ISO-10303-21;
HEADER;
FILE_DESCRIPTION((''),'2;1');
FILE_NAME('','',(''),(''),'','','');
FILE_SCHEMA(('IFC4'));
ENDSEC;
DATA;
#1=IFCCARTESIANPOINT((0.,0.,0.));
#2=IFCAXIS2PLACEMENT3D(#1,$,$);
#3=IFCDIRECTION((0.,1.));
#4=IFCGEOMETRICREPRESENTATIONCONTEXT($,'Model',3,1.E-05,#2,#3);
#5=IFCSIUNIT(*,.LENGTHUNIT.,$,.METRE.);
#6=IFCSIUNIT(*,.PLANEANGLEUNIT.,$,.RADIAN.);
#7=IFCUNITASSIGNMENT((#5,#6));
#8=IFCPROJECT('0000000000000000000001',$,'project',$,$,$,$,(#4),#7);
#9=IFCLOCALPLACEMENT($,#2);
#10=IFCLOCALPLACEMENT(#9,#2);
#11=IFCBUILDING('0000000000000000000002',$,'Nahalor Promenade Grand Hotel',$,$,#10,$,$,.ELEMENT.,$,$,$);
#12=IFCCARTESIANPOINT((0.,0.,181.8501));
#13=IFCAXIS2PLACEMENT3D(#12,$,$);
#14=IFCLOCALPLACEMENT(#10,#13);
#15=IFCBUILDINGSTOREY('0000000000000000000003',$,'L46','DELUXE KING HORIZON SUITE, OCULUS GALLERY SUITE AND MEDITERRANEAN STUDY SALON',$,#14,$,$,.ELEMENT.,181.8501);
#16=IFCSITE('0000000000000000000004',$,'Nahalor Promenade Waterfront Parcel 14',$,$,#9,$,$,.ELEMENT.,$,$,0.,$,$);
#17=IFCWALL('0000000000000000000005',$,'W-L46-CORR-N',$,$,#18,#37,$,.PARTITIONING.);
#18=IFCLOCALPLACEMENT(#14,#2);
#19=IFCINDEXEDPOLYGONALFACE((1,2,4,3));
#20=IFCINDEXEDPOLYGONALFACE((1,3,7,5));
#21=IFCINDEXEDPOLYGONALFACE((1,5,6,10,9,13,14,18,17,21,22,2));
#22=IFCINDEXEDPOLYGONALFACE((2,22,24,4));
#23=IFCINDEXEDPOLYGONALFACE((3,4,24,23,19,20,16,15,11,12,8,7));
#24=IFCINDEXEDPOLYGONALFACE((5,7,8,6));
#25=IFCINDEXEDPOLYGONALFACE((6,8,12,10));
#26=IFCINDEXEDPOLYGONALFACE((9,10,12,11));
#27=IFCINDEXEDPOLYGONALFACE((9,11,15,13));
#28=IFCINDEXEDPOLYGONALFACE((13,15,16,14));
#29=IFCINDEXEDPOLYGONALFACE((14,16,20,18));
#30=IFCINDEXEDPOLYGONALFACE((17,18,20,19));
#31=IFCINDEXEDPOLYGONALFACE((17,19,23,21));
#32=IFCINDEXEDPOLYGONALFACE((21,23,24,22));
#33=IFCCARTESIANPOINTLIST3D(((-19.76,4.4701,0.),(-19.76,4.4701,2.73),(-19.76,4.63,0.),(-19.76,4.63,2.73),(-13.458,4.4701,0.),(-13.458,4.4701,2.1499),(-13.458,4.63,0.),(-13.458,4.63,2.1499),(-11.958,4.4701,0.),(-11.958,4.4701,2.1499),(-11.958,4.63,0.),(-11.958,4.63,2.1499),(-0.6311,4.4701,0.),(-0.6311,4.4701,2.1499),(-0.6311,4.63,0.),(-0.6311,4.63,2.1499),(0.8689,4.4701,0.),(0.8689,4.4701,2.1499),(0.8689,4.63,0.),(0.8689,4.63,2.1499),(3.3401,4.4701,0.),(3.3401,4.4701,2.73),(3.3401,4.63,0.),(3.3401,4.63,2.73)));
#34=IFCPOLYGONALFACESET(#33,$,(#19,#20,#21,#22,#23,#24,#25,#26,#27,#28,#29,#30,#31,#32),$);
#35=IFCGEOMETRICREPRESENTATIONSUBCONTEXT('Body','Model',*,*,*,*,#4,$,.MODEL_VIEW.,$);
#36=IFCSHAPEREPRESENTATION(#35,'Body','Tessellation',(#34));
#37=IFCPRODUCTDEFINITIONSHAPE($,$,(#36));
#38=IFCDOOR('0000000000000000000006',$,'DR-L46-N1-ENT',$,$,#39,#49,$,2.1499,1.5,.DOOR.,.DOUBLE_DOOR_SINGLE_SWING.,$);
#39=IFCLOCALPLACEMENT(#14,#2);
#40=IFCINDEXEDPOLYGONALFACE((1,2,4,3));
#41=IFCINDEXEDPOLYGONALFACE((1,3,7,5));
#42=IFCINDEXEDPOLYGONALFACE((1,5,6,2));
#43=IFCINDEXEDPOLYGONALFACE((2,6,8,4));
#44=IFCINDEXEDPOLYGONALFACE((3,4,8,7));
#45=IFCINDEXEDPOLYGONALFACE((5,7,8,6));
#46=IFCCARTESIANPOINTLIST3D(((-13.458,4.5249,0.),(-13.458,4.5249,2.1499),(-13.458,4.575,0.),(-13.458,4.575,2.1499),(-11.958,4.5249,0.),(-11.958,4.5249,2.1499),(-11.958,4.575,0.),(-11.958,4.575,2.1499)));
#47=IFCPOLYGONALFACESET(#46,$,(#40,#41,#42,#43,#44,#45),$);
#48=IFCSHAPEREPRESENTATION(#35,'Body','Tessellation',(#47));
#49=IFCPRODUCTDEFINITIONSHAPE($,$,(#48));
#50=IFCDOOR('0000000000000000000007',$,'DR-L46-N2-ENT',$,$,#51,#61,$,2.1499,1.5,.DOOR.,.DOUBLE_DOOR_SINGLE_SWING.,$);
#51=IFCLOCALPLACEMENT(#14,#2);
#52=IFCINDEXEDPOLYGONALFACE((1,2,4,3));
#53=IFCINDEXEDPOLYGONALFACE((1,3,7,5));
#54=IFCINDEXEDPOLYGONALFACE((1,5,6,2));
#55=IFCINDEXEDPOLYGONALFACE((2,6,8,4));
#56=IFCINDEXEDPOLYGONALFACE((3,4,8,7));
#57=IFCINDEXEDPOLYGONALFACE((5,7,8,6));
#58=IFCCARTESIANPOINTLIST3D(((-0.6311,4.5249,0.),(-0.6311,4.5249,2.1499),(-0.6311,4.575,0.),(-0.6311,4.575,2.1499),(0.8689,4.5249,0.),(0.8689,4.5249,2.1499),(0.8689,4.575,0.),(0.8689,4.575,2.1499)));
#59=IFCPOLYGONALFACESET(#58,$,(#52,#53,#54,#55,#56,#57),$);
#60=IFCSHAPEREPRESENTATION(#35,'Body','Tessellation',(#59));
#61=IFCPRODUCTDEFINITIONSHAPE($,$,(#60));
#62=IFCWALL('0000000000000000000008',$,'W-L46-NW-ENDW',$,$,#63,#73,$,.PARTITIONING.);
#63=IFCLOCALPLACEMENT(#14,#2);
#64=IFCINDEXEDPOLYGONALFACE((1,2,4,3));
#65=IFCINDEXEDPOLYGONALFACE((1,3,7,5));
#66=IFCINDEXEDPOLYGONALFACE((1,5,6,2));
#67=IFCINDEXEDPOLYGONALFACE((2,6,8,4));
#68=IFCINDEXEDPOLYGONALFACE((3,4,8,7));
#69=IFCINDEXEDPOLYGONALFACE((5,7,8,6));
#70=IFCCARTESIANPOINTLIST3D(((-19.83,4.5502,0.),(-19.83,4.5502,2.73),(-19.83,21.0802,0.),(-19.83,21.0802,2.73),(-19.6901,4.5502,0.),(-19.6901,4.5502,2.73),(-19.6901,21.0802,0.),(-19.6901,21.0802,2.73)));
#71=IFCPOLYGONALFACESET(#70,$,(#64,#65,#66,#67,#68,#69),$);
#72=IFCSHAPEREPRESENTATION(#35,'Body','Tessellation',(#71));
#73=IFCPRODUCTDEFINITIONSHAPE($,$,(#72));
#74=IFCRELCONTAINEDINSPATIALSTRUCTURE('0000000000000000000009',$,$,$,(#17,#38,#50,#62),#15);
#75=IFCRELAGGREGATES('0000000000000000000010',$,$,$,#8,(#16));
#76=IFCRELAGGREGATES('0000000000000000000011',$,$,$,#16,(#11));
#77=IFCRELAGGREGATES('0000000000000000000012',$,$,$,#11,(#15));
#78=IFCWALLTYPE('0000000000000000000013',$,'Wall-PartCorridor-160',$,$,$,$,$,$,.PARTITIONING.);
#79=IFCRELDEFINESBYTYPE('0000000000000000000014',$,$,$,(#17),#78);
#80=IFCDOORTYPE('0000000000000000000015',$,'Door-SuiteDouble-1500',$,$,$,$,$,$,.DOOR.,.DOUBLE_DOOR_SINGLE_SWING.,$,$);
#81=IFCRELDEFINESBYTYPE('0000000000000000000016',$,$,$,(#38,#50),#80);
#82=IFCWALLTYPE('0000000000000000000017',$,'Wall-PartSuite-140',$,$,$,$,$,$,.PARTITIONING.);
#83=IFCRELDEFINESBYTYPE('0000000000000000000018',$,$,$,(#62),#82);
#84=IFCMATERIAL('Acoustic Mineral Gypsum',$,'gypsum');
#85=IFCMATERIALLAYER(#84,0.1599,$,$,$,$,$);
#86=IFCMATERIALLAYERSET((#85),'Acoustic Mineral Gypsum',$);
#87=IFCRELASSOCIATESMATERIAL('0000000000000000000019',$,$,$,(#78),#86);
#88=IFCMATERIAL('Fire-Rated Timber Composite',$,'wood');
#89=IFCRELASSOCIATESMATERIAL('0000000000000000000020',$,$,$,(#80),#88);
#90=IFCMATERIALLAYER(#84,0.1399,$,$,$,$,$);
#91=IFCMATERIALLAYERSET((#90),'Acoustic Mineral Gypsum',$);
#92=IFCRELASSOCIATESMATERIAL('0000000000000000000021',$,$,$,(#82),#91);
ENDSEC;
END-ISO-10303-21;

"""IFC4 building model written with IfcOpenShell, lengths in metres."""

from ifc_helpers import new_model, si_unit, direction, frame, frame_2d, origin, place, context, subcontext, project, spatial, rectangle, extrude, source, transform, mapped, material, layer, layer_set, type_object, element, fill, save


model = new_model("IFC4")

# Units and contexts
model_context = context("Model", 3, precision=1e-05, world=origin(), true_north=direction((0.0, 1.0)))
body_context = subcontext(model_context, "Body", "Model", "MODEL_VIEW")
ifc_project = project(units=[si_unit("LENGTHUNIT", "METRE"), si_unit("PLANEANGLEUNIT", "RADIAN")], contexts=[model_context])

# Site, building, storey
site_placement = place(None, origin())
site = spatial("IfcSite", under=ifc_project, at=site_placement, Name="Nahalor Promenade Waterfront Parcel 14", CompositionType="ELEMENT", RefElevation=0.0)
building_placement = place(site_placement, origin())
building = spatial("IfcBuilding", under=site, at=building_placement, Name="Nahalor Promenade Grand Hotel", CompositionType="ELEMENT")
storey_placement = place(building_placement, frame((0.0, 0.0, 181.8501)))
storey = spatial("IfcBuildingStorey", under=building, at=storey_placement, Name="L46", Description="DELUXE KING HORIZON SUITE, OCULUS GALLERY SUITE AND MEDITERRANEAN STUDY SALON", CompositionType="ELEMENT", Elevation=181.8501)

# Wall, openings, doors
ifc_material_1 = material(Name="Acoustic Mineral Gypsum", Category="gypsum")
ifc_layer_1 = layer(ifc_material_1, 0.1599)
ifc_layer_set_1 = layer_set([ifc_layer_1], Name="Acoustic Mineral Gypsum")
wall_type_1 = type_object("IfcWallType", Name="Wall-PartCorridor-160", PredefinedType="PARTITIONING", material=ifc_layer_set_1)
shared_shape_1 = source(origin(), body_context, "Body", "SweptSolid", [
    extrude(rectangle(XDim=23.1001, YDim=0.1599, at=frame_2d((11.55, 0.0))), origin(), (0.0, 0.0, 1.0), 2.73),
])
wall_1_placement = place(storey_placement, frame((-19.76, 4.55, 0.0), z_axis=(0.0, 0.0, 1.0), x_axis=(1.0, 0.0, 0.0)))
wall_1 = element("IfcWall", 1, at=wall_1_placement, inside=storey, type_object=wall_type_1, Name="W-L46-CORR-N", PredefinedType="PARTITIONING", context=body_context, shape_type="MappedRepresentation", body=[
    mapped(shared_shape_1, transform((0.0, 0.0, 0.0), scale=1.0)),
])
opening_1_placement = place(wall_1_placement, frame((6.302, 0.0, 0.0)))
opening_1 = element("IfcOpeningElement", 2, at=opening_1_placement, cuts=wall_1, PredefinedType="OPENING", context=body_context, shape_type="SweptSolid", body=[
    extrude(rectangle(XDim=1.5, YDim=2.1499, at=frame_2d((0.75, 1.075))), frame((0.0, 0.0898, 0.0), z_axis=(0.0, -1.0, 0.0), x_axis=(1.0, 0.0, 0.0)), (0.0, 0.0, 1.0), 0.1799),
])
opening_2_placement = place(wall_1_placement, frame((19.1289, 0.0, 0.0)))
opening_2 = element("IfcOpeningElement", 3, at=opening_2_placement, cuts=wall_1, PredefinedType="OPENING", context=body_context, shape_type="SweptSolid", body=[
    extrude(rectangle(XDim=1.5, YDim=2.1499, at=frame_2d((0.75, 1.075))), frame((0.0, 0.0898, 0.0), z_axis=(0.0, -1.0, 0.0), x_axis=(1.0, 0.0, 0.0)), (0.0, 0.0, 1.0), 0.1799),
])
ifc_material_2 = material(Name="Fire-Rated Timber Composite", Category="wood")
door_type_1 = type_object("IfcDoorType", Name="Door-SuiteDouble-1500", OperationType="DOUBLE_DOOR_SINGLE_SWING", PredefinedType="DOOR", material=ifc_material_2)
shared_shape_2 = source(origin(), body_context, "Body", "SweptSolid", [
    extrude(rectangle(XDim=1.5, YDim=2.1499, at=frame_2d((0.75, 1.075))), frame((0.0, 0.0249, 0.0), z_axis=(0.0, -1.0, 0.0), x_axis=(1.0, 0.0, 0.0)), (0.0, 0.0, 1.0), 0.05),
])
door_1_placement = place(opening_1_placement, origin())
door_1 = element("IfcDoor", 4, at=door_1_placement, inside=storey, type_object=door_type_1, Name="DR-L46-N1-ENT", OperationType="DOUBLE_DOOR_SINGLE_SWING", OverallHeight=2.1499, OverallWidth=1.5, PredefinedType="DOOR", context=body_context, shape_type="MappedRepresentation", body=[
    mapped(shared_shape_2, transform((0.0, 0.0, 0.0), scale=1.0)),
])
fill(opening_1, door_1)
door_2_placement = place(opening_2_placement, origin())
door_2 = element("IfcDoor", 5, at=door_2_placement, inside=storey, type_object=door_type_1, Name="DR-L46-N2-ENT", OperationType="DOUBLE_DOOR_SINGLE_SWING", OverallHeight=2.1499, OverallWidth=1.5, PredefinedType="DOOR", context=body_context, shape_type="MappedRepresentation", body=[
    mapped(shared_shape_2, transform((0.0, 0.0, 0.0), scale=1.0)),
])
fill(opening_2, door_2)

# Wall
ifc_layer_2 = layer(ifc_material_1, 0.1399)
ifc_layer_set_2 = layer_set([ifc_layer_2], Name="Acoustic Mineral Gypsum")
wall_type_2 = type_object("IfcWallType", Name="Wall-PartSuite-140", PredefinedType="PARTITIONING", material=ifc_layer_set_2)
shared_shape_3 = source(origin(), body_context, "Body", "SweptSolid", [
    extrude(rectangle(XDim=16.53, YDim=0.1399, at=frame_2d((8.2651, 0.0))), origin(), (0.0, 0.0, 1.0), 2.73),
])
wall_2_placement = place(storey_placement, frame((-19.76, 4.55, 0.0), z_axis=(0.0, 0.0, 1.0), x_axis=(0.0, 1.0, 0.0)))
element("IfcWall", 6, at=wall_2_placement, inside=storey, type_object=wall_type_2, Name="W-L46-NW-ENDW", PredefinedType="PARTITIONING", context=body_context, shape_type="MappedRepresentation", body=[
    mapped(shared_shape_3, transform((0.0, 0.0, 0.0), scale=1.0)),
])

save(model, "model.ifc")
